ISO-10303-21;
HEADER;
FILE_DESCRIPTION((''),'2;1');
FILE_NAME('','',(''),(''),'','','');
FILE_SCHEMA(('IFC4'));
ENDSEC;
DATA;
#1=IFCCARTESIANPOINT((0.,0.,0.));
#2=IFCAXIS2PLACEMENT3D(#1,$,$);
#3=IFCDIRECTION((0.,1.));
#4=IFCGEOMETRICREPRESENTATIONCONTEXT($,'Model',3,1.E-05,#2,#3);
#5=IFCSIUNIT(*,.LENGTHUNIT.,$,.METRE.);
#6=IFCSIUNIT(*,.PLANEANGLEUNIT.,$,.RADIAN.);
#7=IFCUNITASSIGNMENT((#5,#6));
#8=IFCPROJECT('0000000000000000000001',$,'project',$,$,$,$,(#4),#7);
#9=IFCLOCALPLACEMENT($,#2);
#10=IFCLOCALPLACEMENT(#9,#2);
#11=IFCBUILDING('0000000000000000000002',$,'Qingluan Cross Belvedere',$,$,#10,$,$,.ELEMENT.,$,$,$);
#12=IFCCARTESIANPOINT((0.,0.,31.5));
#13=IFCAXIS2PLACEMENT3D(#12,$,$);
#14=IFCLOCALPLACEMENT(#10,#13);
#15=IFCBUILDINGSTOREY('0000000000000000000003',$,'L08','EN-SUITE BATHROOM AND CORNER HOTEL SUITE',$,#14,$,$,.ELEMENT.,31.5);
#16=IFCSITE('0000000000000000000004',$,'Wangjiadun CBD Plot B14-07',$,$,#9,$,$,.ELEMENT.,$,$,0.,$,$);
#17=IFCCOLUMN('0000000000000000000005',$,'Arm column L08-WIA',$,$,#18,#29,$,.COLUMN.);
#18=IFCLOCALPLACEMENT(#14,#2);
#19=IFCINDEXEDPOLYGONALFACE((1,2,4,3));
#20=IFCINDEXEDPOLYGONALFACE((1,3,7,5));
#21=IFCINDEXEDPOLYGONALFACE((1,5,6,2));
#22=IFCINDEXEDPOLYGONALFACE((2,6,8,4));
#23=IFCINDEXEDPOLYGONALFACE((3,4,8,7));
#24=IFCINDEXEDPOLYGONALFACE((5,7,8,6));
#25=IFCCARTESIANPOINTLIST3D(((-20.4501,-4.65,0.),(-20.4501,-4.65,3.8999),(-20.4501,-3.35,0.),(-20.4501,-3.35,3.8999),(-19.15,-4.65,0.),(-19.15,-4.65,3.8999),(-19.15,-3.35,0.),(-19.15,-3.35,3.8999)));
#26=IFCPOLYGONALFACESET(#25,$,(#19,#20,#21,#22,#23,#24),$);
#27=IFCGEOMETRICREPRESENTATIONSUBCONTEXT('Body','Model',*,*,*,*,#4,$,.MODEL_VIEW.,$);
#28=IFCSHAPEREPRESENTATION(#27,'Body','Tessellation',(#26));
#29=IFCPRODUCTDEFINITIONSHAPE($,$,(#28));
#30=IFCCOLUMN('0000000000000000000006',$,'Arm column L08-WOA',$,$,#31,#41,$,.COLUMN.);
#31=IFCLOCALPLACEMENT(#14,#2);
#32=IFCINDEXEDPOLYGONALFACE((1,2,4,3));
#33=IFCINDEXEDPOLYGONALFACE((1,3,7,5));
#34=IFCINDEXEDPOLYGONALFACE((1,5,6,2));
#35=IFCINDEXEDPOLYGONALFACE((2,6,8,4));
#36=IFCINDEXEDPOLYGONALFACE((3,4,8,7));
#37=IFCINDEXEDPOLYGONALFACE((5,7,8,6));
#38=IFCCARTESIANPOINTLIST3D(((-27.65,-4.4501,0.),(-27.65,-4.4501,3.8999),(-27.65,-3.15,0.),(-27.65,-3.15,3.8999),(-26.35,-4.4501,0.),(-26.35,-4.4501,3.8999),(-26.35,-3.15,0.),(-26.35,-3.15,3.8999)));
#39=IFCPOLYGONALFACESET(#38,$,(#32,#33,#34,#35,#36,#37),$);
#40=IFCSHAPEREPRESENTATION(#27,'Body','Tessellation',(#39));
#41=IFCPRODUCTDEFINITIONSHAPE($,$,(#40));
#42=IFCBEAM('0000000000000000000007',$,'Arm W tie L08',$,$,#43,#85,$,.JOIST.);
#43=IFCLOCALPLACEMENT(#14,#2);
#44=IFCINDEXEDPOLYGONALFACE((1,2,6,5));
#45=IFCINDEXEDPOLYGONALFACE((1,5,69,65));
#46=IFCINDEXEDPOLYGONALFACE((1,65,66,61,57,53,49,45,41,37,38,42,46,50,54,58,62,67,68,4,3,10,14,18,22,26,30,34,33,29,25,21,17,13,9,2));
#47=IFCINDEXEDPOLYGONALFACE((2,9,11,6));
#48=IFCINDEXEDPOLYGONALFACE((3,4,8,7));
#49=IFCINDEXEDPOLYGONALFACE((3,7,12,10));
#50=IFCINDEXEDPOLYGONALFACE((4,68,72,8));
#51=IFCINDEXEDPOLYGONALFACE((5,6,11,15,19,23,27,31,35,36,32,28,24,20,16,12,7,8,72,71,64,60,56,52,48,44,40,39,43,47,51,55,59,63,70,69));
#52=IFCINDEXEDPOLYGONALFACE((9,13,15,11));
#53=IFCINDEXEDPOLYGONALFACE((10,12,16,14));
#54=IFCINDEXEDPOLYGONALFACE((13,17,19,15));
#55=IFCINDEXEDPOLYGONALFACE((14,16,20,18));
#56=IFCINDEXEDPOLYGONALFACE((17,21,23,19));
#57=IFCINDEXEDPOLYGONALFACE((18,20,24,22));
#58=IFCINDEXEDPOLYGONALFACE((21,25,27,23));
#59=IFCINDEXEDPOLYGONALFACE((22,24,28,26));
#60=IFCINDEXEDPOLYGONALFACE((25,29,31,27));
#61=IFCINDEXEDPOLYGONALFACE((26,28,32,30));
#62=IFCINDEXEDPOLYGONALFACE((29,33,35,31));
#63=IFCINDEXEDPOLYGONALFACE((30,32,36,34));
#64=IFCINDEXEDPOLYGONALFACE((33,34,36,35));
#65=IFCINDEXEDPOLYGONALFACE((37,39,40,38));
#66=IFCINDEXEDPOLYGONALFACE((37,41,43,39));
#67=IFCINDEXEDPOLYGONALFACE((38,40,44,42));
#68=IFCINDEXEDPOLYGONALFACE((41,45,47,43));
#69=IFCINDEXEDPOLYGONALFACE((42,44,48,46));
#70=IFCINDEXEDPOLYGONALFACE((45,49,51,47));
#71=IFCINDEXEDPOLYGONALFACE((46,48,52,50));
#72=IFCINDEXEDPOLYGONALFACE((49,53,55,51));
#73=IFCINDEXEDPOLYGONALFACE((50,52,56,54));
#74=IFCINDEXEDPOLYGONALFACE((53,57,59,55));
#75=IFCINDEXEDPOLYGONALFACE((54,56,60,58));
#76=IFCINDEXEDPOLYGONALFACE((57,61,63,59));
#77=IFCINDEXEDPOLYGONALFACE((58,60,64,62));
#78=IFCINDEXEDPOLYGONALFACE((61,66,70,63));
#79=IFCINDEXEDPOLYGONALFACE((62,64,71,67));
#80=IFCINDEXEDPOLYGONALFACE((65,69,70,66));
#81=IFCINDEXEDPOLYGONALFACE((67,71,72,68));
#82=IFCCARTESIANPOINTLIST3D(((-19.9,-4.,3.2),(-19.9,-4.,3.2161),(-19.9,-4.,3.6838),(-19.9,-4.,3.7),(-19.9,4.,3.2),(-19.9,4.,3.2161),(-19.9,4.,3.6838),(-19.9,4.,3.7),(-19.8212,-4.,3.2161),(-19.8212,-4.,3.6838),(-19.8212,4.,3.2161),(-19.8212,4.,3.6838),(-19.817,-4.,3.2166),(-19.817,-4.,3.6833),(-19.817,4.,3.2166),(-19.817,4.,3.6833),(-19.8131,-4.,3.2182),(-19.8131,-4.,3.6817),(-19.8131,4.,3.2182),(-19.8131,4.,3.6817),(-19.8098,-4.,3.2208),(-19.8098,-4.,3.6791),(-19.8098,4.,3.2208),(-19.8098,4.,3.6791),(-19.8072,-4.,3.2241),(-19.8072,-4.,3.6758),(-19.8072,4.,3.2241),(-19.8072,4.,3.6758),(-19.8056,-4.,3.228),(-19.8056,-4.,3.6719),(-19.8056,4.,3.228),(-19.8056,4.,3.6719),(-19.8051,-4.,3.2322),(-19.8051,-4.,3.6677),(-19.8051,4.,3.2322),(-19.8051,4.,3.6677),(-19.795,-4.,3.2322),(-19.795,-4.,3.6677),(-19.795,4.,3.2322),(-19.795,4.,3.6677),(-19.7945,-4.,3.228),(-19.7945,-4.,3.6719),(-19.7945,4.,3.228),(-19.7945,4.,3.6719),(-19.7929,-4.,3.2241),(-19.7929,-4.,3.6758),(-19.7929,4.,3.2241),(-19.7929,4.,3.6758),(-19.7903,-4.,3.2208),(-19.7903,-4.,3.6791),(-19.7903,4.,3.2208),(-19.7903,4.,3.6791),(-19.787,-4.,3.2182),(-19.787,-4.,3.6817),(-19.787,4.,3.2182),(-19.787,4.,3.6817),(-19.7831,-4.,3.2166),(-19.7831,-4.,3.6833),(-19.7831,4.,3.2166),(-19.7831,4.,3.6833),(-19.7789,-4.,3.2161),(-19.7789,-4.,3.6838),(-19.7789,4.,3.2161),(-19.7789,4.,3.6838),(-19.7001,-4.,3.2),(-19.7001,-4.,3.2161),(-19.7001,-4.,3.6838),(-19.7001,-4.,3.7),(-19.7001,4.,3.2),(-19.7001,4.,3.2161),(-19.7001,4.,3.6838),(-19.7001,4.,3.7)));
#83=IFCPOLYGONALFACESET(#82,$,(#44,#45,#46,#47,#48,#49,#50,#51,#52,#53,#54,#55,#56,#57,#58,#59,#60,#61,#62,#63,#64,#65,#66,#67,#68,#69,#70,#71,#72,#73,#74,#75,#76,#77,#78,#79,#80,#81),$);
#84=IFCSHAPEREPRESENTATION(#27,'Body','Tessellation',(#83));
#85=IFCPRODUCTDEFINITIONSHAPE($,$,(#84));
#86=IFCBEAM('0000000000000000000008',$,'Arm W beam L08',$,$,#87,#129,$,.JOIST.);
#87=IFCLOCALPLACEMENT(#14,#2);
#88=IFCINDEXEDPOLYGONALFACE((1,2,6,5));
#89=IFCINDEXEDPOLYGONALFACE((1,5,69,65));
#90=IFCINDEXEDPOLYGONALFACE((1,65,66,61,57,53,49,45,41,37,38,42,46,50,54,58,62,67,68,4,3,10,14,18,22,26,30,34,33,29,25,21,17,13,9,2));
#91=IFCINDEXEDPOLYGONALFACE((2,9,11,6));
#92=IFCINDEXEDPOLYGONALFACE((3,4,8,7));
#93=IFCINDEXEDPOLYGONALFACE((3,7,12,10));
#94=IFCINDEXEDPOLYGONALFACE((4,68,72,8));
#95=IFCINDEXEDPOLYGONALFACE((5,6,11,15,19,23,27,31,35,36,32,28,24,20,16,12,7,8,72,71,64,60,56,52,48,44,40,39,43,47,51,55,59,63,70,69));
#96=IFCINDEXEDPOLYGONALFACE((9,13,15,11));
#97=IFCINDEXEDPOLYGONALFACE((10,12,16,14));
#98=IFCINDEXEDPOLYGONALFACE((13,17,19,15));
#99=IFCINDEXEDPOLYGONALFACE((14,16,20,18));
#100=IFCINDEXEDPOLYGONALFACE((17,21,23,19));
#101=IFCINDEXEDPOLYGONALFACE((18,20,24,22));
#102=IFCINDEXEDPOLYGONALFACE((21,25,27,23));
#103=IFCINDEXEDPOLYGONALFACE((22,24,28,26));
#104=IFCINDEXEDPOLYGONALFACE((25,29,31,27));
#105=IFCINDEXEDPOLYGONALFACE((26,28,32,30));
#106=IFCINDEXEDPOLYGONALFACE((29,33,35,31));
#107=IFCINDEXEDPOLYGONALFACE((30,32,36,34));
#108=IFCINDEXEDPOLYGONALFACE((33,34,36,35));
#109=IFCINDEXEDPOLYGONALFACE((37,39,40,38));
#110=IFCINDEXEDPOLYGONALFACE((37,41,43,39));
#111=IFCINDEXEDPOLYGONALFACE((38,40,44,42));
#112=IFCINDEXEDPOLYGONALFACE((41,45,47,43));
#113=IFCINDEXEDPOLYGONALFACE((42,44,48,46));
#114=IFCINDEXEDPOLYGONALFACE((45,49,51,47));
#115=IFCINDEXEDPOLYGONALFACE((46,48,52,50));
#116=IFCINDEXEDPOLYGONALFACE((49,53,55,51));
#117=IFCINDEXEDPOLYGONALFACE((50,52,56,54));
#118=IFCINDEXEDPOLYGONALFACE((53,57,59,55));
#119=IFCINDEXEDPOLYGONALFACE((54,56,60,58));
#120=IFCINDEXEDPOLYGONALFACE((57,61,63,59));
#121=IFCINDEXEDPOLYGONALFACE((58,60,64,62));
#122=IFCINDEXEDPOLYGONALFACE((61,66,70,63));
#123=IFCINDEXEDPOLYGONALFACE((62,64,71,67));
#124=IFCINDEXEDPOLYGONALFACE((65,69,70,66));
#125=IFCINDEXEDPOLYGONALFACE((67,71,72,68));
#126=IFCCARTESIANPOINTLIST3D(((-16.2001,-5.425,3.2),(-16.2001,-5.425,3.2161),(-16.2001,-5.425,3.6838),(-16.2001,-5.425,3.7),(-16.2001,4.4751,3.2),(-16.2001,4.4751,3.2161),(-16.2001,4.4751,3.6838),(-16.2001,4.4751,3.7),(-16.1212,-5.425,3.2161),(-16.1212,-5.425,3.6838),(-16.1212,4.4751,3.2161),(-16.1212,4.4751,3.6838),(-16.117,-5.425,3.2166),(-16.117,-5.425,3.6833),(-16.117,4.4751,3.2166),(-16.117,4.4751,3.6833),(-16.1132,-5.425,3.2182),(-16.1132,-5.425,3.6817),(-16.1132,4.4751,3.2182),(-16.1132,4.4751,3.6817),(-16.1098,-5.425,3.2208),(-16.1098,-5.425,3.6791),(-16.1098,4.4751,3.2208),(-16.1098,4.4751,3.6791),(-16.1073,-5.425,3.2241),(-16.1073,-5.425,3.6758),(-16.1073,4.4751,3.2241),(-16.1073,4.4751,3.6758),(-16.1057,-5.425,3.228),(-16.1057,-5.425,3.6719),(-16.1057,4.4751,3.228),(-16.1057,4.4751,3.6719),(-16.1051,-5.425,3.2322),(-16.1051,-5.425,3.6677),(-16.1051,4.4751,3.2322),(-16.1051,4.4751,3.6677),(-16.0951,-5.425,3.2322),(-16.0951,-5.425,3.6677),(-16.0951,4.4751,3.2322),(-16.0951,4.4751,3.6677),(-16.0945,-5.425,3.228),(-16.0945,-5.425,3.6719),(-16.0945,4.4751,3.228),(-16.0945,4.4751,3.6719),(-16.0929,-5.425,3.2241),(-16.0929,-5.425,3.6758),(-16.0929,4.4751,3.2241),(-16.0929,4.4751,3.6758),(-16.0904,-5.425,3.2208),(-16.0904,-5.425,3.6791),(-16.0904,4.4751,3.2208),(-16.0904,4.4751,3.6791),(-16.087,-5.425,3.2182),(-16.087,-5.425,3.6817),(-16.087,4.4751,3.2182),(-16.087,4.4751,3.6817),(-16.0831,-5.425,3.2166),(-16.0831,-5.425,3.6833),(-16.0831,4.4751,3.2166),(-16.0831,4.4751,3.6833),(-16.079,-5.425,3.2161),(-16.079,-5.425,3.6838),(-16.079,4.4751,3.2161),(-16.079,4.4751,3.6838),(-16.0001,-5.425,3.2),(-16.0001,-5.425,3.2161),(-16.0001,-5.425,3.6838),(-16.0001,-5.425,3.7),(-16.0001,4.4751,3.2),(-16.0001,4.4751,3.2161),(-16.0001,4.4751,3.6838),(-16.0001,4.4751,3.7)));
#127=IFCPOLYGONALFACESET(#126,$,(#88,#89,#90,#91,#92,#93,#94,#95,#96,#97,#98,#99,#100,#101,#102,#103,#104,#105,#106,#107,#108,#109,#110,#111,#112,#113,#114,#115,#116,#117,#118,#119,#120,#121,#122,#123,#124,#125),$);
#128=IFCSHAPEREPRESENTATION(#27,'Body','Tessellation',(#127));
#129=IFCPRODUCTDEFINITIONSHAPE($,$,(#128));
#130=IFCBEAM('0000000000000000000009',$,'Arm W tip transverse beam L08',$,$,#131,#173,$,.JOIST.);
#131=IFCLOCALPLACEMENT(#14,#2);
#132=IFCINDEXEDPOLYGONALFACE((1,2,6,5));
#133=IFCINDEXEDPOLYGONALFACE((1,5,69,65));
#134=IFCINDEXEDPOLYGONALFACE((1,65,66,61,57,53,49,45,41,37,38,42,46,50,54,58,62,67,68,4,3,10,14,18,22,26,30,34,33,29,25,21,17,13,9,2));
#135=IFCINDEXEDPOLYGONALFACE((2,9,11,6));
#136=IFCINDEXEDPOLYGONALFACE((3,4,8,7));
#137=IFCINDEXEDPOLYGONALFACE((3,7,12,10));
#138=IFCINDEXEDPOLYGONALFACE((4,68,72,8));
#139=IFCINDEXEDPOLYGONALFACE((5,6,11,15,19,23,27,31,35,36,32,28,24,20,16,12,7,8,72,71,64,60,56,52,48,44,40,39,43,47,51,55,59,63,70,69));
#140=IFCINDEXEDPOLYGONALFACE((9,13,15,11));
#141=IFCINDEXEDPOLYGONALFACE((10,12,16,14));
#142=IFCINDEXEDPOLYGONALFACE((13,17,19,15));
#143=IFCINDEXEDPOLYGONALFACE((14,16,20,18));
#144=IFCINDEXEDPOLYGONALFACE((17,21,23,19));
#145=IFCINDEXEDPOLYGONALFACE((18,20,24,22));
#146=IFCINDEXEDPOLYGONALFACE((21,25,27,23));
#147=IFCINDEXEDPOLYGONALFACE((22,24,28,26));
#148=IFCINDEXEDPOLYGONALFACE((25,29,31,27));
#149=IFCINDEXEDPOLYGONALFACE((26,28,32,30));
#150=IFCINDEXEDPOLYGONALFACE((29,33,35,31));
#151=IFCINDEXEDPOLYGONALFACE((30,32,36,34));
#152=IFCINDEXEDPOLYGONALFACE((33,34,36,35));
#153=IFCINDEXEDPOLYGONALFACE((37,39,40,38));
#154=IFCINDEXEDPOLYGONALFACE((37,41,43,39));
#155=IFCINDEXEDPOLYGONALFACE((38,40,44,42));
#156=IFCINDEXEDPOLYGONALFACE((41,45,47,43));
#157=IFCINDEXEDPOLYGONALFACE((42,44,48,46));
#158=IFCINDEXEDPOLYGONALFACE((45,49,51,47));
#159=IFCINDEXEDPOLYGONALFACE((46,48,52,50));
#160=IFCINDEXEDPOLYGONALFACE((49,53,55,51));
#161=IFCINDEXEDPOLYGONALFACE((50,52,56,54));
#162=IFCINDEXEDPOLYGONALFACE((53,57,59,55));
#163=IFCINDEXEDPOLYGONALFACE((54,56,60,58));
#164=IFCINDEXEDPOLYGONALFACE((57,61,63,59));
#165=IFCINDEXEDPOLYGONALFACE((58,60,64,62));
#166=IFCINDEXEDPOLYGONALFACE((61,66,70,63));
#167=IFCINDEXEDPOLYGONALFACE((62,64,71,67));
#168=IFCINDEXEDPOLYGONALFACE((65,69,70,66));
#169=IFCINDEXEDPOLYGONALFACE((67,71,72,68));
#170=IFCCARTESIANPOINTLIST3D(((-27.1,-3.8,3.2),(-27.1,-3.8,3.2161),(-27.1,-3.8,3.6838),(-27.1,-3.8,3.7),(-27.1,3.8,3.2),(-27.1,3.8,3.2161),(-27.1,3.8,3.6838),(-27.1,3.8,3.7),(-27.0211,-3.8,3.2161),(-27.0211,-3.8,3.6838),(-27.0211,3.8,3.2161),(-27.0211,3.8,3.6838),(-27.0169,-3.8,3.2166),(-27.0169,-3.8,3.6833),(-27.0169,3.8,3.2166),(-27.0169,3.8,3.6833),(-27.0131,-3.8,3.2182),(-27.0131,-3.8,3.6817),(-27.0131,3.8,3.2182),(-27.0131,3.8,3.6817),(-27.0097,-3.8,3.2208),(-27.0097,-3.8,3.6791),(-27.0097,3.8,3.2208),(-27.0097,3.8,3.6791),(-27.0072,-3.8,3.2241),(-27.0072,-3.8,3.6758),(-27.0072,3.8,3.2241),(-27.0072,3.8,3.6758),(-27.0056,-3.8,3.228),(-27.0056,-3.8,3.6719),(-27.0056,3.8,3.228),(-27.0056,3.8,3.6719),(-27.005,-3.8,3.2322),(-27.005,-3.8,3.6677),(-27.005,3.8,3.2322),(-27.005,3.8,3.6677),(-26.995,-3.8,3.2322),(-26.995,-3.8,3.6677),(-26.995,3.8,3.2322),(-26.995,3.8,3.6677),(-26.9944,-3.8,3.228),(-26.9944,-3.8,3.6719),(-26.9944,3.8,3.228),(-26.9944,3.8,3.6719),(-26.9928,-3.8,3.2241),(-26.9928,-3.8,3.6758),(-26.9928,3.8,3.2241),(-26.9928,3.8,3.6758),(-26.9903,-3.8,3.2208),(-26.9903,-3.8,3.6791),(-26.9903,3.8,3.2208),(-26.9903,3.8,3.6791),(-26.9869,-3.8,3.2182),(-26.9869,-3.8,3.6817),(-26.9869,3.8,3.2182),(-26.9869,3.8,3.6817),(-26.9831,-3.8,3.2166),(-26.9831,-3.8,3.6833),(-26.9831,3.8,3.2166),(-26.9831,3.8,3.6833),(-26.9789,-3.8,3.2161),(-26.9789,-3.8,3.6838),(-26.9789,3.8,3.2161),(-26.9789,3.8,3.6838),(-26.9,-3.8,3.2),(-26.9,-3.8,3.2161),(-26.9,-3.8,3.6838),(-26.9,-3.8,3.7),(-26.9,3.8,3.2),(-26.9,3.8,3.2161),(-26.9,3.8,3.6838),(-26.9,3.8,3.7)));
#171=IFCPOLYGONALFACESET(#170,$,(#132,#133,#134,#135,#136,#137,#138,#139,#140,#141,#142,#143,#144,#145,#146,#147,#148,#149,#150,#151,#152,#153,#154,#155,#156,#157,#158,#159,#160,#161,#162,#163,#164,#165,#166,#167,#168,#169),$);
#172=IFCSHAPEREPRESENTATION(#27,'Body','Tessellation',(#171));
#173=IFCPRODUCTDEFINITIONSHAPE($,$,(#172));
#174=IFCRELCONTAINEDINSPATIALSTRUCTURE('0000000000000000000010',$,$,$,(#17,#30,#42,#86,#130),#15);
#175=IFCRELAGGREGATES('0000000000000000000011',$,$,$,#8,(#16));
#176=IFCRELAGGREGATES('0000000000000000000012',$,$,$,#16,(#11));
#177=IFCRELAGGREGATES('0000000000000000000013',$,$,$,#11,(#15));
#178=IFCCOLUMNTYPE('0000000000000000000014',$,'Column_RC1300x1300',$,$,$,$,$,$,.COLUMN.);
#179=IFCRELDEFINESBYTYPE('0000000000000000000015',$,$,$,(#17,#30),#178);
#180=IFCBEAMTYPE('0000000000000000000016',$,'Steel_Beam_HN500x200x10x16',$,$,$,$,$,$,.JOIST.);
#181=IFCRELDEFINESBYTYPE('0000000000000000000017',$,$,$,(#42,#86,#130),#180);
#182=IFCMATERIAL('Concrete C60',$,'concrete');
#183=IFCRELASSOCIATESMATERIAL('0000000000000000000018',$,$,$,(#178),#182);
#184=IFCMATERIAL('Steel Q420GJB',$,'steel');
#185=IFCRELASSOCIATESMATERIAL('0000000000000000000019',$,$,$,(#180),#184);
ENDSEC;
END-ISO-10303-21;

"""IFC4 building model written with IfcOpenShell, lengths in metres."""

from ifc_helpers import new_model, si_unit, direction, frame, origin, origin_2d, place, context, subcontext, project, spatial, rectangle, i_section, extrude, material, material_profile, profile_set, type_object, element, save


model = new_model("IFC4")

# Units and contexts
model_context = context("Model", 3, precision=1e-05, world=origin(), true_north=direction((0.0, 1.0)))
body_context = subcontext(model_context, "Body", "Model", "MODEL_VIEW")
ifc_project = project(units=[si_unit("LENGTHUNIT", "METRE"), si_unit("PLANEANGLEUNIT", "RADIAN")], contexts=[model_context])

# Site, building, storey
site_placement = place(None, origin())
site = spatial("IfcSite", under=ifc_project, at=site_placement, Name="Wangjiadun CBD Plot B14-07", CompositionType="ELEMENT", RefElevation=0.0)
building_placement = place(site_placement, origin())
building = spatial("IfcBuilding", under=site, at=building_placement, Name="Qingluan Cross Belvedere", CompositionType="ELEMENT")
storey_placement = place(building_placement, frame((0.0, 0.0, 31.5)))
storey = spatial("IfcBuildingStorey", under=building, at=storey_placement, Name="L08", Description="EN-SUITE BATHROOM AND CORNER HOTEL SUITE", CompositionType="ELEMENT", Elevation=31.5)

# Columns
ifc_material_1 = material(Name="Concrete C60", Category="concrete")
ifc_material_profile_1 = material_profile(ifc_material_1, rectangle(XDim=1.3, YDim=1.3, at=origin_2d()), Name="RC1300x1300")
ifc_profile_set_1 = profile_set([ifc_material_profile_1], Name="Concrete C60")
column_type = type_object("IfcColumnType", Name="Column_RC1300x1300", PredefinedType="COLUMN", material=ifc_profile_set_1)
for number, where, z_axis, x_axis, name in (
    (1, (-19.8, -4.0, 0.0), (0.0, 0.0, 1.0), (1.0, 0.0, 0.0), "Arm column L08-WIA"),
    (2, (-27.0, -3.8, 0.0), (0.0, 0.0, 1.0), (1.0, 0.0, 0.0), "Arm column L08-WOA"),
):
    element("IfcColumn", number, at=place(storey_placement, frame(where, z_axis=z_axis, x_axis=x_axis)), inside=storey, type_object=column_type, Name=name, PredefinedType="COLUMN", context=body_context, shape_type="SweptSolid", body=[
        extrude(rectangle(XDim=1.3, YDim=1.3, at=origin_2d()), origin(), (0.0, 0.0, 1.0), 3.8999),
    ])

# Beams
ifc_material_2 = material(Name="Steel Q420GJB", Category="steel")
ifc_material_profile_2 = material_profile(ifc_material_2, i_section(OverallWidth=0.2, OverallDepth=0.5, WebThickness=0.01, FlangeThickness=0.0161, FilletRadius=0.0161, at=origin_2d()), Name="HN500x200x10x16")
ifc_profile_set_2 = profile_set([ifc_material_profile_2], Name="Steel Q420GJB")
beam_type_1 = type_object("IfcBeamType", Name="Steel_Beam_HN500x200x10x16", PredefinedType="JOIST", material=ifc_profile_set_2)
beam_1_placement = place(storey_placement, frame((-19.8, -4.0, 3.45), z_axis=(0.0, 1.0, 0.0), x_axis=(-1.0, 0.0, 0.0)))
element("IfcBeam", 3, at=beam_1_placement, inside=storey, type_object=beam_type_1, Name="Arm W tie L08", PredefinedType="JOIST", context=body_context, shape_type="SweptSolid", body=[
    extrude(i_section(OverallWidth=0.2, OverallDepth=0.5, WebThickness=0.01, FlangeThickness=0.0161, FilletRadius=0.0161, at=origin_2d()), origin(), (0.0, 0.0, 1.0), 8.0),
])
beam_2_placement = place(storey_placement, frame((-16.1001, -5.425, 3.45), z_axis=(0.0, 1.0, 0.0), x_axis=(-1.0, 0.0, 0.0)))
element("IfcBeam", 4, at=beam_2_placement, inside=storey, type_object=beam_type_1, Name="Arm W beam L08", PredefinedType="JOIST", context=body_context, shape_type="SweptSolid", body=[
    extrude(i_section(OverallWidth=0.2, OverallDepth=0.5, WebThickness=0.01, FlangeThickness=0.0161, FilletRadius=0.0161, at=origin_2d()), origin(), (0.0, 0.0, 1.0), 9.9001),
])
beam_3_placement = place(storey_placement, frame((-27.0, -3.8, 3.45), z_axis=(0.0, 1.0, 0.0), x_axis=(-1.0, 0.0, 0.0)))
element("IfcBeam", 5, at=beam_3_placement, inside=storey, type_object=beam_type_1, Name="Arm W tip transverse beam L08", PredefinedType="JOIST", context=body_context, shape_type="SweptSolid", body=[
    extrude(i_section(OverallWidth=0.2, OverallDepth=0.5, WebThickness=0.01, FlangeThickness=0.0161, FilletRadius=0.0161, at=origin_2d()), origin(), (0.0, 0.0, 1.0), 7.6001),
])

save(model, "model.ifc")
